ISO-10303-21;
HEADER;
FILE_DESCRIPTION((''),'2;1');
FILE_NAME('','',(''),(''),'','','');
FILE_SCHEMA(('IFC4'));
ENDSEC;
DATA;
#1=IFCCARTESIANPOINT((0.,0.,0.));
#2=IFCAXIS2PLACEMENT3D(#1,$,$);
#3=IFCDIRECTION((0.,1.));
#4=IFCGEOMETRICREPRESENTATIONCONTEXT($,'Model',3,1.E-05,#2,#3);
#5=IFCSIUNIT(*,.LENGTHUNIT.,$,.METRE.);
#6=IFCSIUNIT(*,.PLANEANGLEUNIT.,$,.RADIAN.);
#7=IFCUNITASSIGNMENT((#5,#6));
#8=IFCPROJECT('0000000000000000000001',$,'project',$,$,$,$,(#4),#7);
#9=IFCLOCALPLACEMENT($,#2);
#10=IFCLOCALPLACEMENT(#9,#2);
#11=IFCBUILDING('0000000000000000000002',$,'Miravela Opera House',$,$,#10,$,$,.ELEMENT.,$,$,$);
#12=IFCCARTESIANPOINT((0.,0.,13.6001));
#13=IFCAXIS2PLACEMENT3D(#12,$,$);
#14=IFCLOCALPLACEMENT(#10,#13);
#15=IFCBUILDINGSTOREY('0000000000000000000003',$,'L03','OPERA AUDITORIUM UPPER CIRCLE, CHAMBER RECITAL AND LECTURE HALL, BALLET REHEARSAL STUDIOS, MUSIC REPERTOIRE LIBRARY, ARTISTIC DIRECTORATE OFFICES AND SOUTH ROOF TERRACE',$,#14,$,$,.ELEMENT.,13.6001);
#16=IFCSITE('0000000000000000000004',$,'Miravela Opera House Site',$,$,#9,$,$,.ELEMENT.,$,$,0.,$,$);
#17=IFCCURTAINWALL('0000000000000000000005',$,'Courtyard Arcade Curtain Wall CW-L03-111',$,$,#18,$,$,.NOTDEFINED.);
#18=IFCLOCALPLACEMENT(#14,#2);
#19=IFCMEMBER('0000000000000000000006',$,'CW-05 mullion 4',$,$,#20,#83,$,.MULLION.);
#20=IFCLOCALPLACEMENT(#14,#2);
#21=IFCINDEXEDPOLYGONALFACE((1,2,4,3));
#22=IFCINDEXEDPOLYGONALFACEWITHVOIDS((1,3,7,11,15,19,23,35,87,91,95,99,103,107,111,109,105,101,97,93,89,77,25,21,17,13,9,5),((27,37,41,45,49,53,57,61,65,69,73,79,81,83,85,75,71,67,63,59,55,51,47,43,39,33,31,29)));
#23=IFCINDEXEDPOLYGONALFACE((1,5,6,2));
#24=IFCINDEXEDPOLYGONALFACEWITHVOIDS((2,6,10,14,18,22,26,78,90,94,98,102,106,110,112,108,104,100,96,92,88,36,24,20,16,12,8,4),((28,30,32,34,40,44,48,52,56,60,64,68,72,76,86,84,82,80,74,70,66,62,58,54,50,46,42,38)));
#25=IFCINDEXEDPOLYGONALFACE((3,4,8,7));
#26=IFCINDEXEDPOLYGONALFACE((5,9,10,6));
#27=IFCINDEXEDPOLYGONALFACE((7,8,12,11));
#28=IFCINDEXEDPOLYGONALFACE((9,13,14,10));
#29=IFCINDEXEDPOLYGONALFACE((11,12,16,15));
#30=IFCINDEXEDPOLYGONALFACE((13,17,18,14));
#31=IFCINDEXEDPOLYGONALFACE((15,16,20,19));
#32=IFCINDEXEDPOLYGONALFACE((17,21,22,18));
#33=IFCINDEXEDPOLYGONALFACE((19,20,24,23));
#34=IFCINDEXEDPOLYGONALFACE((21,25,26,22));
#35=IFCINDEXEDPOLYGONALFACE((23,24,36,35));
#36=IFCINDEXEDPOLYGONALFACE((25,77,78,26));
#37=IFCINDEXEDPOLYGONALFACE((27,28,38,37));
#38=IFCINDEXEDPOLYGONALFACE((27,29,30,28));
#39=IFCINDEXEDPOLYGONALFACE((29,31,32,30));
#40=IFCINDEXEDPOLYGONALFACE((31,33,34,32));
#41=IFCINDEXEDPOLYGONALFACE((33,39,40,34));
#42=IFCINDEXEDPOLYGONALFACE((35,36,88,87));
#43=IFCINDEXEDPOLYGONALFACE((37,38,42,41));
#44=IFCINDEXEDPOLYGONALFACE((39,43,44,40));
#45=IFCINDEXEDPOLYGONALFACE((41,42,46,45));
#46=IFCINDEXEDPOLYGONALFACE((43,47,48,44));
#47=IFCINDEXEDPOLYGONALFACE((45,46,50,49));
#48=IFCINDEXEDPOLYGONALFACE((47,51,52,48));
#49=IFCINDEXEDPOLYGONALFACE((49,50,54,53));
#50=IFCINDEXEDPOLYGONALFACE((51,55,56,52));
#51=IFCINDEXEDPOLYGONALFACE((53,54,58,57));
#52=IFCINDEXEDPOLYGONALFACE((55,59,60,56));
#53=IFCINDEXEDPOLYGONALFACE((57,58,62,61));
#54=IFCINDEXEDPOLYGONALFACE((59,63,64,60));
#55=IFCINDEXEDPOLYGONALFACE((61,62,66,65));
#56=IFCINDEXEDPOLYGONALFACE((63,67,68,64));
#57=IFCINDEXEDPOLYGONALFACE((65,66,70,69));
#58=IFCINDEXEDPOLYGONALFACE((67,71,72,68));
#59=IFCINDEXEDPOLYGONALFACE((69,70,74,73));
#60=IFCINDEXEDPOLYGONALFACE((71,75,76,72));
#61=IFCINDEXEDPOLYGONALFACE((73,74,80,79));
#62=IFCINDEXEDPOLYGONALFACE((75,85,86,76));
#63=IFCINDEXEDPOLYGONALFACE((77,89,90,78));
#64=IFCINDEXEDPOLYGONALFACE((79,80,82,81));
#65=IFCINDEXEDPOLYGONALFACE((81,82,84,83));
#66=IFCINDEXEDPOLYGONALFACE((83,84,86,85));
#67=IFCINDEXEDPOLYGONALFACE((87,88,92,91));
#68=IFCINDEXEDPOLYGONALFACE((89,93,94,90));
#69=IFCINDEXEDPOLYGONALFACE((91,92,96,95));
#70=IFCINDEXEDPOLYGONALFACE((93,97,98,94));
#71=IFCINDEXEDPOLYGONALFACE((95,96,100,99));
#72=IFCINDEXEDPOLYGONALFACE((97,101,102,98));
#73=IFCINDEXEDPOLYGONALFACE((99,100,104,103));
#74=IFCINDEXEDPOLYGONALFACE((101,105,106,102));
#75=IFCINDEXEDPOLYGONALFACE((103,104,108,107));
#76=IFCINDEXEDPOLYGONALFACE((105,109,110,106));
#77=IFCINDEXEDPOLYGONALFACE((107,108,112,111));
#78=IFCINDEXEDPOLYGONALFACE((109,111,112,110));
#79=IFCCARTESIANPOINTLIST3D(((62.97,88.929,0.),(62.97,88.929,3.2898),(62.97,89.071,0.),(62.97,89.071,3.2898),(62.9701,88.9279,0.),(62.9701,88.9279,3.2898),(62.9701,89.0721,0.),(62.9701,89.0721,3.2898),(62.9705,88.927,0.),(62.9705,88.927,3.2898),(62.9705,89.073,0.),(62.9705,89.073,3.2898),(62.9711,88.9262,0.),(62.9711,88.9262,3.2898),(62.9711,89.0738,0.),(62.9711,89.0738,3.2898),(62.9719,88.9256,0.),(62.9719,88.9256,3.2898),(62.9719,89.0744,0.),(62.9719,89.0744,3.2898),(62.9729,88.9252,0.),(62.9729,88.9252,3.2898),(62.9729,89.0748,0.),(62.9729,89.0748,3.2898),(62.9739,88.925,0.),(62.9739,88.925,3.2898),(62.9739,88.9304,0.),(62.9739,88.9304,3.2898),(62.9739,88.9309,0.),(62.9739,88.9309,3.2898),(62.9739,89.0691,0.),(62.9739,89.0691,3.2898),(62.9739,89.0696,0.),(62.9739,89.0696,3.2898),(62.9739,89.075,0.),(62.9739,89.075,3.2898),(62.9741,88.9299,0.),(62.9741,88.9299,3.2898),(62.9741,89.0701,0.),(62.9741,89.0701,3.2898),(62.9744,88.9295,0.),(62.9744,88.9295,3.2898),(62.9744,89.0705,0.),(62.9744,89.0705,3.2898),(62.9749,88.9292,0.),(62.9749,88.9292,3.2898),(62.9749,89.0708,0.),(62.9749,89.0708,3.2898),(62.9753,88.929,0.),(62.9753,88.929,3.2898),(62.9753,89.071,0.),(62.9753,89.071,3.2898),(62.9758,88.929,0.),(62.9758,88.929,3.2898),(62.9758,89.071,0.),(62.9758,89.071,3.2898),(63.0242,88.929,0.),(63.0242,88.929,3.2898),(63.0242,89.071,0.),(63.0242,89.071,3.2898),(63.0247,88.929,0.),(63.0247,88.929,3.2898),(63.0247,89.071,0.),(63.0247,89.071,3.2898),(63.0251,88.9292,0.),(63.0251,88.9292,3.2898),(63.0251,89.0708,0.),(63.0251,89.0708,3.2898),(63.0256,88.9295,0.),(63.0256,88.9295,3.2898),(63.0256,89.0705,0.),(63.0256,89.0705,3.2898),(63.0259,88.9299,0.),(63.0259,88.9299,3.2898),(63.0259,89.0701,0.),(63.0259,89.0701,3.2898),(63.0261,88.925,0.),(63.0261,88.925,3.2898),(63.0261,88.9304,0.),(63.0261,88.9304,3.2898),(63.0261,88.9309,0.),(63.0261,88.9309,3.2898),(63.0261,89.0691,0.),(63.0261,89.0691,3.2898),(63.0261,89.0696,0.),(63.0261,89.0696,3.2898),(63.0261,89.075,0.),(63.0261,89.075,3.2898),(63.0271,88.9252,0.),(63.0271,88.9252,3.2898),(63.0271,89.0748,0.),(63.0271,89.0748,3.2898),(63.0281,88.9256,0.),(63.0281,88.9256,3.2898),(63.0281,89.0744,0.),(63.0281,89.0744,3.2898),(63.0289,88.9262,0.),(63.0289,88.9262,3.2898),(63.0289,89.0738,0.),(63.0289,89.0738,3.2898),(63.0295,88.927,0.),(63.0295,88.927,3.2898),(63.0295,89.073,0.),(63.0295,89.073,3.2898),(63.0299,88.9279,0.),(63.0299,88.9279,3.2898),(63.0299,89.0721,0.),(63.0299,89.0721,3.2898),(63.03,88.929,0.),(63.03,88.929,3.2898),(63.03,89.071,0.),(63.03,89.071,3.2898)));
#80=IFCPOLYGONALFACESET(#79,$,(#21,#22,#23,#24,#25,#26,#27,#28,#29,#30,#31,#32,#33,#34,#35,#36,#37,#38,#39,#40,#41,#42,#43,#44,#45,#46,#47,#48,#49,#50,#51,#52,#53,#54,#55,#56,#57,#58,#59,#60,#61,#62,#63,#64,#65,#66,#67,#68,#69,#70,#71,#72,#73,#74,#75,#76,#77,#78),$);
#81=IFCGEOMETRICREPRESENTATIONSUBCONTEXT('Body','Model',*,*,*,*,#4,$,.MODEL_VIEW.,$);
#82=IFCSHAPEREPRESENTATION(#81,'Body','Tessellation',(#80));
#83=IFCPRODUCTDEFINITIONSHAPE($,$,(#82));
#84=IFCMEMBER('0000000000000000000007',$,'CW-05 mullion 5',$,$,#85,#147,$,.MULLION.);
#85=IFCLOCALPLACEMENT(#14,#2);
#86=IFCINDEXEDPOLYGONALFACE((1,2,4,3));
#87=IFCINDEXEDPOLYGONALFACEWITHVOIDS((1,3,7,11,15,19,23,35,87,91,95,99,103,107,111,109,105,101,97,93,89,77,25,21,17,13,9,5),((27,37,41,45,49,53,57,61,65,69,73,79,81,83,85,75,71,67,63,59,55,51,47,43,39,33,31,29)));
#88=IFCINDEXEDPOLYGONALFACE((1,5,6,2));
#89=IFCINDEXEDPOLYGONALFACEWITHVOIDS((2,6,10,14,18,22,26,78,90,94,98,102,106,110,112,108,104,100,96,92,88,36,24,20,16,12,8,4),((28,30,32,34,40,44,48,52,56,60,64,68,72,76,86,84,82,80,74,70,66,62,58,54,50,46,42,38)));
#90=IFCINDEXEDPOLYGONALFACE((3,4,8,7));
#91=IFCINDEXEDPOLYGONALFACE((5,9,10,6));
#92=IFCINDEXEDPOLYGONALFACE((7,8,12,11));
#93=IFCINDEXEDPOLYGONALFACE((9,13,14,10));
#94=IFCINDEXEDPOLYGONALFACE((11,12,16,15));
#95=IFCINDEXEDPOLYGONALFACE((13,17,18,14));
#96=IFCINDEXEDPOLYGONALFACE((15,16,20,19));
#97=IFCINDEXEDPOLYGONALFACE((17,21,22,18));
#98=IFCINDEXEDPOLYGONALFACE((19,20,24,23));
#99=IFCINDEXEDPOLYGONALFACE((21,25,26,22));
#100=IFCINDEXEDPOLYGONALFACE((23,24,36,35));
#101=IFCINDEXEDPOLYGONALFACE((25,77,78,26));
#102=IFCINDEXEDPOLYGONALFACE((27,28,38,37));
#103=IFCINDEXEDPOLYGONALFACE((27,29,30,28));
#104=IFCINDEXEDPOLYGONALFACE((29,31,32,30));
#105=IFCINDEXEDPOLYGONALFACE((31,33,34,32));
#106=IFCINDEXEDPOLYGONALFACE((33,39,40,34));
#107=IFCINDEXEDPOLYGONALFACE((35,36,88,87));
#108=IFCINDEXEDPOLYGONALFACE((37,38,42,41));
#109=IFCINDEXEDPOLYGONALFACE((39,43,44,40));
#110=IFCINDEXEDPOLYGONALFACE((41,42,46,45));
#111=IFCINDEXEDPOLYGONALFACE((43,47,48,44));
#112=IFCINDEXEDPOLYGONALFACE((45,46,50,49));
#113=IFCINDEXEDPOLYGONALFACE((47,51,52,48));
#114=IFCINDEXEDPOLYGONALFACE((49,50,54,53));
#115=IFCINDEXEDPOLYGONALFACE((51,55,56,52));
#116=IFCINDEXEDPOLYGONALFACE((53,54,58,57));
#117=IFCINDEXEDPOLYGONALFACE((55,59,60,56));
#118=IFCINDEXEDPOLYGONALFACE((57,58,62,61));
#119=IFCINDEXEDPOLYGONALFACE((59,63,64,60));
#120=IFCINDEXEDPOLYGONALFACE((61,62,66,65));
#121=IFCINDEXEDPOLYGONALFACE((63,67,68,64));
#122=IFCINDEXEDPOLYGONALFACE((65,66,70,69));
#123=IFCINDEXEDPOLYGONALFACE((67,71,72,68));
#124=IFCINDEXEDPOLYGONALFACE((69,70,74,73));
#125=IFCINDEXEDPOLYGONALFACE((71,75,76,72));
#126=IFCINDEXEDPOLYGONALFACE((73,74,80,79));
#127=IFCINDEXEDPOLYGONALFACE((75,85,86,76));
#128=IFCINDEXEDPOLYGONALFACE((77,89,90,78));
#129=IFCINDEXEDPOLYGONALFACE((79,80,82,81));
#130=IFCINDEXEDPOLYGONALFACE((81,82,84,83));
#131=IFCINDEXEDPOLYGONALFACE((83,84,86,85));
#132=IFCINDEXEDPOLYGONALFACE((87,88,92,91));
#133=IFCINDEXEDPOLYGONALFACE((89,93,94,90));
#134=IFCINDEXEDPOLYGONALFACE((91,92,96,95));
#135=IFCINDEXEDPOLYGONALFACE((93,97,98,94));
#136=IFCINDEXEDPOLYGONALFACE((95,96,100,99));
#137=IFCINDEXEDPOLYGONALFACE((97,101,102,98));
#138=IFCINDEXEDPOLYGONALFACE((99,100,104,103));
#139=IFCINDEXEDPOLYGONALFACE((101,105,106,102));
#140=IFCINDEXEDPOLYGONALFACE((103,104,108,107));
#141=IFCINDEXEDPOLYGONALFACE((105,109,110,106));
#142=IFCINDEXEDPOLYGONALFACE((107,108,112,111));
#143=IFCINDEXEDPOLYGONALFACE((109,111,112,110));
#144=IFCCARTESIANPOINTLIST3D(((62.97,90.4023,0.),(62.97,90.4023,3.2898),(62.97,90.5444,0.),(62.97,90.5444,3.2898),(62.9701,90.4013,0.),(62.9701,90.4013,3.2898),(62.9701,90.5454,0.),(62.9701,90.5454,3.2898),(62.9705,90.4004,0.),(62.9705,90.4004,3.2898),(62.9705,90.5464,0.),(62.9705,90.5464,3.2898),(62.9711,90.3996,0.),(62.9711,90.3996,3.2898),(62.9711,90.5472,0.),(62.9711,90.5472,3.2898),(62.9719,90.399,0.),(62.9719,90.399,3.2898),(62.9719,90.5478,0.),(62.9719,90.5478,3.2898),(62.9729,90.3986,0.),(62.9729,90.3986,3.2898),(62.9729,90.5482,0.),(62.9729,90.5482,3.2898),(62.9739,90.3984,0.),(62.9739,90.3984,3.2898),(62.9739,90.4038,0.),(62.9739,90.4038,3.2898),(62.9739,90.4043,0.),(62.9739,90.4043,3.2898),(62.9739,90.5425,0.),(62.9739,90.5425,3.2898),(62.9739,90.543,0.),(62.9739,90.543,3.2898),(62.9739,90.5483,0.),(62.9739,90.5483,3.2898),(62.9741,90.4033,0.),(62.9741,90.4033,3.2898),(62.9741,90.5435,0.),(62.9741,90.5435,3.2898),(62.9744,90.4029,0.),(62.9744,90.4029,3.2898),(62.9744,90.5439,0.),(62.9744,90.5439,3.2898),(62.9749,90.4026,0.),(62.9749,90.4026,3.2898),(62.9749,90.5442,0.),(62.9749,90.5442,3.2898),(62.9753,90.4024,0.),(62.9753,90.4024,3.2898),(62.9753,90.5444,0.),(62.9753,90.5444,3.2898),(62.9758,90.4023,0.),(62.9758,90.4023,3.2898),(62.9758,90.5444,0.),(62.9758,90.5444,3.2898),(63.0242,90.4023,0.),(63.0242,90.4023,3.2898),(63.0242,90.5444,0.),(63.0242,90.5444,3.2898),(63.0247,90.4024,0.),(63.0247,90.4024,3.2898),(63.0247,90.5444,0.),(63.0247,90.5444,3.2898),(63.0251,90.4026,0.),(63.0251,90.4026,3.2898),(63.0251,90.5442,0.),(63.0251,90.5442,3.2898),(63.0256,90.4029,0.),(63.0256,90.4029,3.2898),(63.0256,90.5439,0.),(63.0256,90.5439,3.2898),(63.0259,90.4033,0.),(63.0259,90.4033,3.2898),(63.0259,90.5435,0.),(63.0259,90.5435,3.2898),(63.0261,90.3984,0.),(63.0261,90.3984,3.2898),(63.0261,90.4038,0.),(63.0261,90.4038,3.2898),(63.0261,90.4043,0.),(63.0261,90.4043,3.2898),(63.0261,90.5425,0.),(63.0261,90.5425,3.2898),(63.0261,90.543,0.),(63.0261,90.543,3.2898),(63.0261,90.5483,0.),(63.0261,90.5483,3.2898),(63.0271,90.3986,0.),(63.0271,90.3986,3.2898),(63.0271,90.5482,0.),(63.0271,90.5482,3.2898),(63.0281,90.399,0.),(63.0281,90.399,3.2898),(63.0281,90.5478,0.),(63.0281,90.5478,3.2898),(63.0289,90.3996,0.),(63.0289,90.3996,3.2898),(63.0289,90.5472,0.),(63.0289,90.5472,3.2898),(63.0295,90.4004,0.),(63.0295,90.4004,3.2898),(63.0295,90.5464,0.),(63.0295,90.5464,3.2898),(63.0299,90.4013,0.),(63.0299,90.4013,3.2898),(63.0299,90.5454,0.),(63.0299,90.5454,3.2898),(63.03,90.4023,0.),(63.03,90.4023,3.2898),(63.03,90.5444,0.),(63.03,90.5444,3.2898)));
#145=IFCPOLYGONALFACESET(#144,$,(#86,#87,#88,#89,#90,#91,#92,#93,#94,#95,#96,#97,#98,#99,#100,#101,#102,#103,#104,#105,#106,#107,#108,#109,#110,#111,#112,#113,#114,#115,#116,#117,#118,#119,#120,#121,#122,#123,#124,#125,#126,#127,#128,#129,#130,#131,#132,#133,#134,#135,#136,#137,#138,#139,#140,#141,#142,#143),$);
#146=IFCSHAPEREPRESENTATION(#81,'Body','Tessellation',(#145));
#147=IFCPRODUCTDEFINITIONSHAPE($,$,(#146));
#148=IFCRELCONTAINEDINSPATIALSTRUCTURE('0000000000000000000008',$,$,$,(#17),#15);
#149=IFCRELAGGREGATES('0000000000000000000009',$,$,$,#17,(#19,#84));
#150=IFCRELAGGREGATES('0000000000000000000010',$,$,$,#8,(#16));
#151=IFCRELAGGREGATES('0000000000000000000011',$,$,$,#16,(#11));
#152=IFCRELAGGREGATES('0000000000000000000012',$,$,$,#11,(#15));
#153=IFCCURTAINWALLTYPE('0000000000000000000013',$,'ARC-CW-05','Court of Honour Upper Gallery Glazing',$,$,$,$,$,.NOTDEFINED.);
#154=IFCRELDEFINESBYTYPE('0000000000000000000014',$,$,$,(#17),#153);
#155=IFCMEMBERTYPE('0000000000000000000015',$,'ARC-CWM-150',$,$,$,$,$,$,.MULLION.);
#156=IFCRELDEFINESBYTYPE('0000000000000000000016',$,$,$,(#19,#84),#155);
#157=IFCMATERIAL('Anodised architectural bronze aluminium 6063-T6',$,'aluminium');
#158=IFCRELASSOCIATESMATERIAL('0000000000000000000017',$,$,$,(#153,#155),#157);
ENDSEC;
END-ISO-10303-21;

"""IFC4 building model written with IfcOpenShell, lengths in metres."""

from ifc_helpers import new_model, si_unit, direction, frame, origin, origin_2d, place, context, subcontext, project, spatial, hollow_rectangle, extrude, material, material_profile, profile_set, type_object, element, aggregate, save


model = new_model("IFC4")

# Units and contexts
model_context = context("Model", 3, precision=1e-05, world=origin(), true_north=direction((0.0, 1.0)))
body_context = subcontext(model_context, "Body", "Model", "MODEL_VIEW")
ifc_project = project(units=[si_unit("LENGTHUNIT", "METRE"), si_unit("PLANEANGLEUNIT", "RADIAN")], contexts=[model_context])

# Site, building, storey
site_placement = place(None, origin())
site = spatial("IfcSite", under=ifc_project, at=site_placement, Name="Miravela Opera House Site", CompositionType="ELEMENT", RefElevation=0.0)
building_placement = place(site_placement, origin())
building = spatial("IfcBuilding", under=site, at=building_placement, Name="Miravela Opera House", CompositionType="ELEMENT")
storey_placement = place(building_placement, frame((0.0, 0.0, 13.6001)))
storey = spatial("IfcBuildingStorey", under=building, at=storey_placement, Name="L03", Description="OPERA AUDITORIUM UPPER CIRCLE, CHAMBER RECITAL AND LECTURE HALL, BALLET REHEARSAL STUDIOS, MUSIC REPERTOIRE LIBRARY, ARTISTIC DIRECTORATE OFFICES AND SOUTH ROOF TERRACE", CompositionType="ELEMENT", Elevation=13.6001)

# Curtain wall, members
ifc_material_1 = material(Name="Anodised architectural bronze aluminium 6063-T6", Category="aluminium")
curtain_wall_type = type_object("IfcCurtainWallType", Name="ARC-CW-05", Description="Court of Honour Upper Gallery Glazing", PredefinedType="NOTDEFINED", material=ifc_material_1)
curtain_wall_placement = place(storey_placement, origin())
curtain_wall = element("IfcCurtainWall", 1, at=curtain_wall_placement, inside=storey, type_object=curtain_wall_type, Name="Courtyard Arcade Curtain Wall CW-L03-111", PredefinedType="NOTDEFINED")
ifc_material_profile_1 = material_profile(ifc_material_1, hollow_rectangle(XDim=0.0601, YDim=0.1499, WallThickness=0.0039, InnerFilletRadius=0.002, OuterFilletRadius=0.0039, at=origin_2d()), Name="CWM-60X150")
ifc_profile_set_1 = profile_set([ifc_material_profile_1])
member_type_1 = type_object("IfcMemberType", Name="ARC-CWM-150", PredefinedType="MULLION", material=ifc_profile_set_1)
member_1_placement = place(storey_placement, frame((63.0, 89.0, 0.0), z_axis=(0.0, 0.0, 1.0), x_axis=(-1.0, 0.0, 0.0)))
member_1 = element("IfcMember", 2, at=member_1_placement, type_object=member_type_1, Name="CW-05 mullion 4", PredefinedType="MULLION", context=body_context, shape_type="SweptSolid", body=[
    extrude(hollow_rectangle(XDim=0.0601, YDim=0.1499, WallThickness=0.0039, InnerFilletRadius=0.002, OuterFilletRadius=0.0039, at=origin_2d()), origin(), (0.0, 0.0, 1.0), 3.2898),
])
member_2_placement = place(storey_placement, frame((63.0, 90.4734, 0.0), z_axis=(0.0, 0.0, 1.0), x_axis=(-1.0, 0.0, 0.0)))
member_2 = element("IfcMember", 3, at=member_2_placement, type_object=member_type_1, Name="CW-05 mullion 5", PredefinedType="MULLION", context=body_context, shape_type="SweptSolid", body=[
    extrude(hollow_rectangle(XDim=0.0601, YDim=0.1499, WallThickness=0.0039, InnerFilletRadius=0.002, OuterFilletRadius=0.0039, at=origin_2d()), origin(), (0.0, 0.0, 1.0), 3.2898),
])
aggregate(curtain_wall, [member_1, member_2])

save(model, "model.ifc")
